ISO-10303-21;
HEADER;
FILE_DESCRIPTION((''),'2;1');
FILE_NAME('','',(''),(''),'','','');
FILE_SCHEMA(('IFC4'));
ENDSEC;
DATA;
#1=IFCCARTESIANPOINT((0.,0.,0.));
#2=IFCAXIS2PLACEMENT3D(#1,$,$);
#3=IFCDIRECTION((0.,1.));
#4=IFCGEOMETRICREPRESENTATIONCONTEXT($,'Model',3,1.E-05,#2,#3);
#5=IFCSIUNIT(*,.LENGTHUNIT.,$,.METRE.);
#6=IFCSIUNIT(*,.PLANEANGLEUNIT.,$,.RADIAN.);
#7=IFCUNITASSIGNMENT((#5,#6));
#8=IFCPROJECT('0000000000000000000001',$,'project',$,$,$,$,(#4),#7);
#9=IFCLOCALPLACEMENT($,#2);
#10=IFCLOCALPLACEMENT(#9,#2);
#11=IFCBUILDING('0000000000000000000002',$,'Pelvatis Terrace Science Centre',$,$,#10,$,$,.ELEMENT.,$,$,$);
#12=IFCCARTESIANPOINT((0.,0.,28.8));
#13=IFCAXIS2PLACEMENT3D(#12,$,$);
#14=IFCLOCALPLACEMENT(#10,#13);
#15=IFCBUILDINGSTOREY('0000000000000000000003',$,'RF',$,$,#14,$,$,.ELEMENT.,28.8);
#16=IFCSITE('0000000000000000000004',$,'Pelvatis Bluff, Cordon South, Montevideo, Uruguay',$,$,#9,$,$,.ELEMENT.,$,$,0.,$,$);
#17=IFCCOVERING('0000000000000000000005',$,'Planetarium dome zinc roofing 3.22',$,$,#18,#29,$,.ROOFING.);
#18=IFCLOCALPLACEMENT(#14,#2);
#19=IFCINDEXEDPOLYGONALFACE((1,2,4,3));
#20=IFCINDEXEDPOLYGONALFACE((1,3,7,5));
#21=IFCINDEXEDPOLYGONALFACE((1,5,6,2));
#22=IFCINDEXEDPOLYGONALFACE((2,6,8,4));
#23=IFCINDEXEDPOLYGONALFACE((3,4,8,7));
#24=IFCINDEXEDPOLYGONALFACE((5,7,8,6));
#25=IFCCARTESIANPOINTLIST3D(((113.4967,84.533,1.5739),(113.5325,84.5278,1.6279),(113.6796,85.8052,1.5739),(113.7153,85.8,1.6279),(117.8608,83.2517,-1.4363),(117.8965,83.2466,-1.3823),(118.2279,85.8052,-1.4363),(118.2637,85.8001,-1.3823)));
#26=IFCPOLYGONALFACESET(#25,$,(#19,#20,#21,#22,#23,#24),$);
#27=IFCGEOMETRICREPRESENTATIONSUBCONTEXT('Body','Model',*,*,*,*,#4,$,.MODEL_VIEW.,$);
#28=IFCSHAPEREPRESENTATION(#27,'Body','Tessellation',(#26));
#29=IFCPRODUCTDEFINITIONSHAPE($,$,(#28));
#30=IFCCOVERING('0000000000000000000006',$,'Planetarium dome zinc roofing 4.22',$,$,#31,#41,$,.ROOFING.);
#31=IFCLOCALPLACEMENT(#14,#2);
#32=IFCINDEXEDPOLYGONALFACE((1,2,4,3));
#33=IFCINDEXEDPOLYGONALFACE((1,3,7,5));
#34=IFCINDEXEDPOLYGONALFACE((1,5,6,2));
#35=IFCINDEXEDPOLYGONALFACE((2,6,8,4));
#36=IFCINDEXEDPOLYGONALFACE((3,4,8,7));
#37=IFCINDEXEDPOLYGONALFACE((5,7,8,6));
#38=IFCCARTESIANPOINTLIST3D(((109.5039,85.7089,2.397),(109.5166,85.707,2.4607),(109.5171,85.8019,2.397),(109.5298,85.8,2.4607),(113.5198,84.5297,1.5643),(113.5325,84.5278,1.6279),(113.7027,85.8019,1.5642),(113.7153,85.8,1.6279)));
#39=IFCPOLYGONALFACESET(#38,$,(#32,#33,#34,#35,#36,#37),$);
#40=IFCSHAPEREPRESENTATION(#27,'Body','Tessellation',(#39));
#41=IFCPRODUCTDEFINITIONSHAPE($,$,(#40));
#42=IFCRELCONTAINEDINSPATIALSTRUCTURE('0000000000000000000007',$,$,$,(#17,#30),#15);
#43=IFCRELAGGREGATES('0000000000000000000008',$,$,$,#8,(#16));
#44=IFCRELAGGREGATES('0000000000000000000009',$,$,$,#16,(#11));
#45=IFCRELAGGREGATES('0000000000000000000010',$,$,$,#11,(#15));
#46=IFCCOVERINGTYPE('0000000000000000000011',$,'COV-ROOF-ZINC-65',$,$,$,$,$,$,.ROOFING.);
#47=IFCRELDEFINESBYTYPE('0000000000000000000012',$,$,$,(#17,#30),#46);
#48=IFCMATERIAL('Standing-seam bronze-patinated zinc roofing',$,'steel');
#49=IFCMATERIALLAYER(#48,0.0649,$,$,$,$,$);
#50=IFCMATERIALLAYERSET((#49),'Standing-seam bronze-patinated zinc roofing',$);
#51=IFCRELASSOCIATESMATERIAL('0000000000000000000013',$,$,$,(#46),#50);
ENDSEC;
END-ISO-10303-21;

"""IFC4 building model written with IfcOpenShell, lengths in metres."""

from ifc_helpers import new_model, si_unit, direction, frame, origin, place, context, subcontext, project, spatial, polyline, outline, extrude, material, layer, layer_set, type_object, element, save


model = new_model("IFC4")

# Units and contexts
model_context = context("Model", 3, precision=1e-05, world=origin(), true_north=direction((0.0, 1.0)))
body_context = subcontext(model_context, "Body", "Model", "MODEL_VIEW")
ifc_project = project(units=[si_unit("LENGTHUNIT", "METRE"), si_unit("PLANEANGLEUNIT", "RADIAN")], contexts=[model_context])

# Site, building, storey
site_placement = place(None, origin())
site = spatial("IfcSite", under=ifc_project, at=site_placement, Name="Pelvatis Bluff, Cordon South, Montevideo, Uruguay", CompositionType="ELEMENT", RefElevation=0.0)
building_placement = place(site_placement, origin())
building = spatial("IfcBuilding", under=site, at=building_placement, Name="Pelvatis Terrace Science Centre", CompositionType="ELEMENT")
storey_placement = place(building_placement, frame((0.0, 0.0, 28.8)))
storey = spatial("IfcBuildingStorey", under=building, at=storey_placement, Name="RF", CompositionType="ELEMENT", Elevation=28.8)

# Coverings
ifc_material_1 = material(Name="Standing-seam bronze-patinated zinc roofing", Category="steel")
ifc_layer_1 = layer(ifc_material_1, 0.0649)
ifc_layer_set_1 = layer_set([ifc_layer_1], Name="Standing-seam bronze-patinated zinc roofing")
covering_type = type_object("IfcCoveringType", Name="COV-ROOF-ZINC-65", PredefinedType="ROOFING", material=ifc_layer_set_1)
covering_1_placement = place(storey_placement, frame((117.8965, 83.2466, -1.3823), z_axis=(0.550183, -0.079104, 0.831289), x_axis=(0.142329, 0.989819, -0.00001)))
element("IfcCovering", 1, at=covering_1_placement, inside=storey, type_object=covering_type, Name="Planetarium dome zinc roofing 3.22", PredefinedType="ROOFING", context=body_context, shape_type="SweptSolid", body=[
    extrude(outline(polyline([(0.0, 0.0), (2.5797, 0.0), (1.9323, 5.4157), (0.6471, 5.4156), (0.0, 0.0)])), origin(), (0.0, 0.0, -1.0), 0.0649),
])
covering_2_placement = place(storey_placement, frame((113.5325, 84.5278, 1.6279), z_axis=(0.195068, -0.028011, 0.98039), x_axis=(0.142267, 0.989828, -0.000026)))
element("IfcCovering", 2, at=covering_2_placement, inside=storey, type_object=covering_type, Name="Planetarium dome zinc roofing 4.22", PredefinedType="ROOFING", context=body_context, shape_type="SweptSolid", body=[
    extrude(outline(polyline([(0.0, 0.0), (1.2853, 0.0), (0.6898, 4.2258), (0.5959, 4.2257), (0.0, 0.0)])), origin(), (0.0, 0.0, -1.0), 0.0649),
])

save(model, "model.ifc")
